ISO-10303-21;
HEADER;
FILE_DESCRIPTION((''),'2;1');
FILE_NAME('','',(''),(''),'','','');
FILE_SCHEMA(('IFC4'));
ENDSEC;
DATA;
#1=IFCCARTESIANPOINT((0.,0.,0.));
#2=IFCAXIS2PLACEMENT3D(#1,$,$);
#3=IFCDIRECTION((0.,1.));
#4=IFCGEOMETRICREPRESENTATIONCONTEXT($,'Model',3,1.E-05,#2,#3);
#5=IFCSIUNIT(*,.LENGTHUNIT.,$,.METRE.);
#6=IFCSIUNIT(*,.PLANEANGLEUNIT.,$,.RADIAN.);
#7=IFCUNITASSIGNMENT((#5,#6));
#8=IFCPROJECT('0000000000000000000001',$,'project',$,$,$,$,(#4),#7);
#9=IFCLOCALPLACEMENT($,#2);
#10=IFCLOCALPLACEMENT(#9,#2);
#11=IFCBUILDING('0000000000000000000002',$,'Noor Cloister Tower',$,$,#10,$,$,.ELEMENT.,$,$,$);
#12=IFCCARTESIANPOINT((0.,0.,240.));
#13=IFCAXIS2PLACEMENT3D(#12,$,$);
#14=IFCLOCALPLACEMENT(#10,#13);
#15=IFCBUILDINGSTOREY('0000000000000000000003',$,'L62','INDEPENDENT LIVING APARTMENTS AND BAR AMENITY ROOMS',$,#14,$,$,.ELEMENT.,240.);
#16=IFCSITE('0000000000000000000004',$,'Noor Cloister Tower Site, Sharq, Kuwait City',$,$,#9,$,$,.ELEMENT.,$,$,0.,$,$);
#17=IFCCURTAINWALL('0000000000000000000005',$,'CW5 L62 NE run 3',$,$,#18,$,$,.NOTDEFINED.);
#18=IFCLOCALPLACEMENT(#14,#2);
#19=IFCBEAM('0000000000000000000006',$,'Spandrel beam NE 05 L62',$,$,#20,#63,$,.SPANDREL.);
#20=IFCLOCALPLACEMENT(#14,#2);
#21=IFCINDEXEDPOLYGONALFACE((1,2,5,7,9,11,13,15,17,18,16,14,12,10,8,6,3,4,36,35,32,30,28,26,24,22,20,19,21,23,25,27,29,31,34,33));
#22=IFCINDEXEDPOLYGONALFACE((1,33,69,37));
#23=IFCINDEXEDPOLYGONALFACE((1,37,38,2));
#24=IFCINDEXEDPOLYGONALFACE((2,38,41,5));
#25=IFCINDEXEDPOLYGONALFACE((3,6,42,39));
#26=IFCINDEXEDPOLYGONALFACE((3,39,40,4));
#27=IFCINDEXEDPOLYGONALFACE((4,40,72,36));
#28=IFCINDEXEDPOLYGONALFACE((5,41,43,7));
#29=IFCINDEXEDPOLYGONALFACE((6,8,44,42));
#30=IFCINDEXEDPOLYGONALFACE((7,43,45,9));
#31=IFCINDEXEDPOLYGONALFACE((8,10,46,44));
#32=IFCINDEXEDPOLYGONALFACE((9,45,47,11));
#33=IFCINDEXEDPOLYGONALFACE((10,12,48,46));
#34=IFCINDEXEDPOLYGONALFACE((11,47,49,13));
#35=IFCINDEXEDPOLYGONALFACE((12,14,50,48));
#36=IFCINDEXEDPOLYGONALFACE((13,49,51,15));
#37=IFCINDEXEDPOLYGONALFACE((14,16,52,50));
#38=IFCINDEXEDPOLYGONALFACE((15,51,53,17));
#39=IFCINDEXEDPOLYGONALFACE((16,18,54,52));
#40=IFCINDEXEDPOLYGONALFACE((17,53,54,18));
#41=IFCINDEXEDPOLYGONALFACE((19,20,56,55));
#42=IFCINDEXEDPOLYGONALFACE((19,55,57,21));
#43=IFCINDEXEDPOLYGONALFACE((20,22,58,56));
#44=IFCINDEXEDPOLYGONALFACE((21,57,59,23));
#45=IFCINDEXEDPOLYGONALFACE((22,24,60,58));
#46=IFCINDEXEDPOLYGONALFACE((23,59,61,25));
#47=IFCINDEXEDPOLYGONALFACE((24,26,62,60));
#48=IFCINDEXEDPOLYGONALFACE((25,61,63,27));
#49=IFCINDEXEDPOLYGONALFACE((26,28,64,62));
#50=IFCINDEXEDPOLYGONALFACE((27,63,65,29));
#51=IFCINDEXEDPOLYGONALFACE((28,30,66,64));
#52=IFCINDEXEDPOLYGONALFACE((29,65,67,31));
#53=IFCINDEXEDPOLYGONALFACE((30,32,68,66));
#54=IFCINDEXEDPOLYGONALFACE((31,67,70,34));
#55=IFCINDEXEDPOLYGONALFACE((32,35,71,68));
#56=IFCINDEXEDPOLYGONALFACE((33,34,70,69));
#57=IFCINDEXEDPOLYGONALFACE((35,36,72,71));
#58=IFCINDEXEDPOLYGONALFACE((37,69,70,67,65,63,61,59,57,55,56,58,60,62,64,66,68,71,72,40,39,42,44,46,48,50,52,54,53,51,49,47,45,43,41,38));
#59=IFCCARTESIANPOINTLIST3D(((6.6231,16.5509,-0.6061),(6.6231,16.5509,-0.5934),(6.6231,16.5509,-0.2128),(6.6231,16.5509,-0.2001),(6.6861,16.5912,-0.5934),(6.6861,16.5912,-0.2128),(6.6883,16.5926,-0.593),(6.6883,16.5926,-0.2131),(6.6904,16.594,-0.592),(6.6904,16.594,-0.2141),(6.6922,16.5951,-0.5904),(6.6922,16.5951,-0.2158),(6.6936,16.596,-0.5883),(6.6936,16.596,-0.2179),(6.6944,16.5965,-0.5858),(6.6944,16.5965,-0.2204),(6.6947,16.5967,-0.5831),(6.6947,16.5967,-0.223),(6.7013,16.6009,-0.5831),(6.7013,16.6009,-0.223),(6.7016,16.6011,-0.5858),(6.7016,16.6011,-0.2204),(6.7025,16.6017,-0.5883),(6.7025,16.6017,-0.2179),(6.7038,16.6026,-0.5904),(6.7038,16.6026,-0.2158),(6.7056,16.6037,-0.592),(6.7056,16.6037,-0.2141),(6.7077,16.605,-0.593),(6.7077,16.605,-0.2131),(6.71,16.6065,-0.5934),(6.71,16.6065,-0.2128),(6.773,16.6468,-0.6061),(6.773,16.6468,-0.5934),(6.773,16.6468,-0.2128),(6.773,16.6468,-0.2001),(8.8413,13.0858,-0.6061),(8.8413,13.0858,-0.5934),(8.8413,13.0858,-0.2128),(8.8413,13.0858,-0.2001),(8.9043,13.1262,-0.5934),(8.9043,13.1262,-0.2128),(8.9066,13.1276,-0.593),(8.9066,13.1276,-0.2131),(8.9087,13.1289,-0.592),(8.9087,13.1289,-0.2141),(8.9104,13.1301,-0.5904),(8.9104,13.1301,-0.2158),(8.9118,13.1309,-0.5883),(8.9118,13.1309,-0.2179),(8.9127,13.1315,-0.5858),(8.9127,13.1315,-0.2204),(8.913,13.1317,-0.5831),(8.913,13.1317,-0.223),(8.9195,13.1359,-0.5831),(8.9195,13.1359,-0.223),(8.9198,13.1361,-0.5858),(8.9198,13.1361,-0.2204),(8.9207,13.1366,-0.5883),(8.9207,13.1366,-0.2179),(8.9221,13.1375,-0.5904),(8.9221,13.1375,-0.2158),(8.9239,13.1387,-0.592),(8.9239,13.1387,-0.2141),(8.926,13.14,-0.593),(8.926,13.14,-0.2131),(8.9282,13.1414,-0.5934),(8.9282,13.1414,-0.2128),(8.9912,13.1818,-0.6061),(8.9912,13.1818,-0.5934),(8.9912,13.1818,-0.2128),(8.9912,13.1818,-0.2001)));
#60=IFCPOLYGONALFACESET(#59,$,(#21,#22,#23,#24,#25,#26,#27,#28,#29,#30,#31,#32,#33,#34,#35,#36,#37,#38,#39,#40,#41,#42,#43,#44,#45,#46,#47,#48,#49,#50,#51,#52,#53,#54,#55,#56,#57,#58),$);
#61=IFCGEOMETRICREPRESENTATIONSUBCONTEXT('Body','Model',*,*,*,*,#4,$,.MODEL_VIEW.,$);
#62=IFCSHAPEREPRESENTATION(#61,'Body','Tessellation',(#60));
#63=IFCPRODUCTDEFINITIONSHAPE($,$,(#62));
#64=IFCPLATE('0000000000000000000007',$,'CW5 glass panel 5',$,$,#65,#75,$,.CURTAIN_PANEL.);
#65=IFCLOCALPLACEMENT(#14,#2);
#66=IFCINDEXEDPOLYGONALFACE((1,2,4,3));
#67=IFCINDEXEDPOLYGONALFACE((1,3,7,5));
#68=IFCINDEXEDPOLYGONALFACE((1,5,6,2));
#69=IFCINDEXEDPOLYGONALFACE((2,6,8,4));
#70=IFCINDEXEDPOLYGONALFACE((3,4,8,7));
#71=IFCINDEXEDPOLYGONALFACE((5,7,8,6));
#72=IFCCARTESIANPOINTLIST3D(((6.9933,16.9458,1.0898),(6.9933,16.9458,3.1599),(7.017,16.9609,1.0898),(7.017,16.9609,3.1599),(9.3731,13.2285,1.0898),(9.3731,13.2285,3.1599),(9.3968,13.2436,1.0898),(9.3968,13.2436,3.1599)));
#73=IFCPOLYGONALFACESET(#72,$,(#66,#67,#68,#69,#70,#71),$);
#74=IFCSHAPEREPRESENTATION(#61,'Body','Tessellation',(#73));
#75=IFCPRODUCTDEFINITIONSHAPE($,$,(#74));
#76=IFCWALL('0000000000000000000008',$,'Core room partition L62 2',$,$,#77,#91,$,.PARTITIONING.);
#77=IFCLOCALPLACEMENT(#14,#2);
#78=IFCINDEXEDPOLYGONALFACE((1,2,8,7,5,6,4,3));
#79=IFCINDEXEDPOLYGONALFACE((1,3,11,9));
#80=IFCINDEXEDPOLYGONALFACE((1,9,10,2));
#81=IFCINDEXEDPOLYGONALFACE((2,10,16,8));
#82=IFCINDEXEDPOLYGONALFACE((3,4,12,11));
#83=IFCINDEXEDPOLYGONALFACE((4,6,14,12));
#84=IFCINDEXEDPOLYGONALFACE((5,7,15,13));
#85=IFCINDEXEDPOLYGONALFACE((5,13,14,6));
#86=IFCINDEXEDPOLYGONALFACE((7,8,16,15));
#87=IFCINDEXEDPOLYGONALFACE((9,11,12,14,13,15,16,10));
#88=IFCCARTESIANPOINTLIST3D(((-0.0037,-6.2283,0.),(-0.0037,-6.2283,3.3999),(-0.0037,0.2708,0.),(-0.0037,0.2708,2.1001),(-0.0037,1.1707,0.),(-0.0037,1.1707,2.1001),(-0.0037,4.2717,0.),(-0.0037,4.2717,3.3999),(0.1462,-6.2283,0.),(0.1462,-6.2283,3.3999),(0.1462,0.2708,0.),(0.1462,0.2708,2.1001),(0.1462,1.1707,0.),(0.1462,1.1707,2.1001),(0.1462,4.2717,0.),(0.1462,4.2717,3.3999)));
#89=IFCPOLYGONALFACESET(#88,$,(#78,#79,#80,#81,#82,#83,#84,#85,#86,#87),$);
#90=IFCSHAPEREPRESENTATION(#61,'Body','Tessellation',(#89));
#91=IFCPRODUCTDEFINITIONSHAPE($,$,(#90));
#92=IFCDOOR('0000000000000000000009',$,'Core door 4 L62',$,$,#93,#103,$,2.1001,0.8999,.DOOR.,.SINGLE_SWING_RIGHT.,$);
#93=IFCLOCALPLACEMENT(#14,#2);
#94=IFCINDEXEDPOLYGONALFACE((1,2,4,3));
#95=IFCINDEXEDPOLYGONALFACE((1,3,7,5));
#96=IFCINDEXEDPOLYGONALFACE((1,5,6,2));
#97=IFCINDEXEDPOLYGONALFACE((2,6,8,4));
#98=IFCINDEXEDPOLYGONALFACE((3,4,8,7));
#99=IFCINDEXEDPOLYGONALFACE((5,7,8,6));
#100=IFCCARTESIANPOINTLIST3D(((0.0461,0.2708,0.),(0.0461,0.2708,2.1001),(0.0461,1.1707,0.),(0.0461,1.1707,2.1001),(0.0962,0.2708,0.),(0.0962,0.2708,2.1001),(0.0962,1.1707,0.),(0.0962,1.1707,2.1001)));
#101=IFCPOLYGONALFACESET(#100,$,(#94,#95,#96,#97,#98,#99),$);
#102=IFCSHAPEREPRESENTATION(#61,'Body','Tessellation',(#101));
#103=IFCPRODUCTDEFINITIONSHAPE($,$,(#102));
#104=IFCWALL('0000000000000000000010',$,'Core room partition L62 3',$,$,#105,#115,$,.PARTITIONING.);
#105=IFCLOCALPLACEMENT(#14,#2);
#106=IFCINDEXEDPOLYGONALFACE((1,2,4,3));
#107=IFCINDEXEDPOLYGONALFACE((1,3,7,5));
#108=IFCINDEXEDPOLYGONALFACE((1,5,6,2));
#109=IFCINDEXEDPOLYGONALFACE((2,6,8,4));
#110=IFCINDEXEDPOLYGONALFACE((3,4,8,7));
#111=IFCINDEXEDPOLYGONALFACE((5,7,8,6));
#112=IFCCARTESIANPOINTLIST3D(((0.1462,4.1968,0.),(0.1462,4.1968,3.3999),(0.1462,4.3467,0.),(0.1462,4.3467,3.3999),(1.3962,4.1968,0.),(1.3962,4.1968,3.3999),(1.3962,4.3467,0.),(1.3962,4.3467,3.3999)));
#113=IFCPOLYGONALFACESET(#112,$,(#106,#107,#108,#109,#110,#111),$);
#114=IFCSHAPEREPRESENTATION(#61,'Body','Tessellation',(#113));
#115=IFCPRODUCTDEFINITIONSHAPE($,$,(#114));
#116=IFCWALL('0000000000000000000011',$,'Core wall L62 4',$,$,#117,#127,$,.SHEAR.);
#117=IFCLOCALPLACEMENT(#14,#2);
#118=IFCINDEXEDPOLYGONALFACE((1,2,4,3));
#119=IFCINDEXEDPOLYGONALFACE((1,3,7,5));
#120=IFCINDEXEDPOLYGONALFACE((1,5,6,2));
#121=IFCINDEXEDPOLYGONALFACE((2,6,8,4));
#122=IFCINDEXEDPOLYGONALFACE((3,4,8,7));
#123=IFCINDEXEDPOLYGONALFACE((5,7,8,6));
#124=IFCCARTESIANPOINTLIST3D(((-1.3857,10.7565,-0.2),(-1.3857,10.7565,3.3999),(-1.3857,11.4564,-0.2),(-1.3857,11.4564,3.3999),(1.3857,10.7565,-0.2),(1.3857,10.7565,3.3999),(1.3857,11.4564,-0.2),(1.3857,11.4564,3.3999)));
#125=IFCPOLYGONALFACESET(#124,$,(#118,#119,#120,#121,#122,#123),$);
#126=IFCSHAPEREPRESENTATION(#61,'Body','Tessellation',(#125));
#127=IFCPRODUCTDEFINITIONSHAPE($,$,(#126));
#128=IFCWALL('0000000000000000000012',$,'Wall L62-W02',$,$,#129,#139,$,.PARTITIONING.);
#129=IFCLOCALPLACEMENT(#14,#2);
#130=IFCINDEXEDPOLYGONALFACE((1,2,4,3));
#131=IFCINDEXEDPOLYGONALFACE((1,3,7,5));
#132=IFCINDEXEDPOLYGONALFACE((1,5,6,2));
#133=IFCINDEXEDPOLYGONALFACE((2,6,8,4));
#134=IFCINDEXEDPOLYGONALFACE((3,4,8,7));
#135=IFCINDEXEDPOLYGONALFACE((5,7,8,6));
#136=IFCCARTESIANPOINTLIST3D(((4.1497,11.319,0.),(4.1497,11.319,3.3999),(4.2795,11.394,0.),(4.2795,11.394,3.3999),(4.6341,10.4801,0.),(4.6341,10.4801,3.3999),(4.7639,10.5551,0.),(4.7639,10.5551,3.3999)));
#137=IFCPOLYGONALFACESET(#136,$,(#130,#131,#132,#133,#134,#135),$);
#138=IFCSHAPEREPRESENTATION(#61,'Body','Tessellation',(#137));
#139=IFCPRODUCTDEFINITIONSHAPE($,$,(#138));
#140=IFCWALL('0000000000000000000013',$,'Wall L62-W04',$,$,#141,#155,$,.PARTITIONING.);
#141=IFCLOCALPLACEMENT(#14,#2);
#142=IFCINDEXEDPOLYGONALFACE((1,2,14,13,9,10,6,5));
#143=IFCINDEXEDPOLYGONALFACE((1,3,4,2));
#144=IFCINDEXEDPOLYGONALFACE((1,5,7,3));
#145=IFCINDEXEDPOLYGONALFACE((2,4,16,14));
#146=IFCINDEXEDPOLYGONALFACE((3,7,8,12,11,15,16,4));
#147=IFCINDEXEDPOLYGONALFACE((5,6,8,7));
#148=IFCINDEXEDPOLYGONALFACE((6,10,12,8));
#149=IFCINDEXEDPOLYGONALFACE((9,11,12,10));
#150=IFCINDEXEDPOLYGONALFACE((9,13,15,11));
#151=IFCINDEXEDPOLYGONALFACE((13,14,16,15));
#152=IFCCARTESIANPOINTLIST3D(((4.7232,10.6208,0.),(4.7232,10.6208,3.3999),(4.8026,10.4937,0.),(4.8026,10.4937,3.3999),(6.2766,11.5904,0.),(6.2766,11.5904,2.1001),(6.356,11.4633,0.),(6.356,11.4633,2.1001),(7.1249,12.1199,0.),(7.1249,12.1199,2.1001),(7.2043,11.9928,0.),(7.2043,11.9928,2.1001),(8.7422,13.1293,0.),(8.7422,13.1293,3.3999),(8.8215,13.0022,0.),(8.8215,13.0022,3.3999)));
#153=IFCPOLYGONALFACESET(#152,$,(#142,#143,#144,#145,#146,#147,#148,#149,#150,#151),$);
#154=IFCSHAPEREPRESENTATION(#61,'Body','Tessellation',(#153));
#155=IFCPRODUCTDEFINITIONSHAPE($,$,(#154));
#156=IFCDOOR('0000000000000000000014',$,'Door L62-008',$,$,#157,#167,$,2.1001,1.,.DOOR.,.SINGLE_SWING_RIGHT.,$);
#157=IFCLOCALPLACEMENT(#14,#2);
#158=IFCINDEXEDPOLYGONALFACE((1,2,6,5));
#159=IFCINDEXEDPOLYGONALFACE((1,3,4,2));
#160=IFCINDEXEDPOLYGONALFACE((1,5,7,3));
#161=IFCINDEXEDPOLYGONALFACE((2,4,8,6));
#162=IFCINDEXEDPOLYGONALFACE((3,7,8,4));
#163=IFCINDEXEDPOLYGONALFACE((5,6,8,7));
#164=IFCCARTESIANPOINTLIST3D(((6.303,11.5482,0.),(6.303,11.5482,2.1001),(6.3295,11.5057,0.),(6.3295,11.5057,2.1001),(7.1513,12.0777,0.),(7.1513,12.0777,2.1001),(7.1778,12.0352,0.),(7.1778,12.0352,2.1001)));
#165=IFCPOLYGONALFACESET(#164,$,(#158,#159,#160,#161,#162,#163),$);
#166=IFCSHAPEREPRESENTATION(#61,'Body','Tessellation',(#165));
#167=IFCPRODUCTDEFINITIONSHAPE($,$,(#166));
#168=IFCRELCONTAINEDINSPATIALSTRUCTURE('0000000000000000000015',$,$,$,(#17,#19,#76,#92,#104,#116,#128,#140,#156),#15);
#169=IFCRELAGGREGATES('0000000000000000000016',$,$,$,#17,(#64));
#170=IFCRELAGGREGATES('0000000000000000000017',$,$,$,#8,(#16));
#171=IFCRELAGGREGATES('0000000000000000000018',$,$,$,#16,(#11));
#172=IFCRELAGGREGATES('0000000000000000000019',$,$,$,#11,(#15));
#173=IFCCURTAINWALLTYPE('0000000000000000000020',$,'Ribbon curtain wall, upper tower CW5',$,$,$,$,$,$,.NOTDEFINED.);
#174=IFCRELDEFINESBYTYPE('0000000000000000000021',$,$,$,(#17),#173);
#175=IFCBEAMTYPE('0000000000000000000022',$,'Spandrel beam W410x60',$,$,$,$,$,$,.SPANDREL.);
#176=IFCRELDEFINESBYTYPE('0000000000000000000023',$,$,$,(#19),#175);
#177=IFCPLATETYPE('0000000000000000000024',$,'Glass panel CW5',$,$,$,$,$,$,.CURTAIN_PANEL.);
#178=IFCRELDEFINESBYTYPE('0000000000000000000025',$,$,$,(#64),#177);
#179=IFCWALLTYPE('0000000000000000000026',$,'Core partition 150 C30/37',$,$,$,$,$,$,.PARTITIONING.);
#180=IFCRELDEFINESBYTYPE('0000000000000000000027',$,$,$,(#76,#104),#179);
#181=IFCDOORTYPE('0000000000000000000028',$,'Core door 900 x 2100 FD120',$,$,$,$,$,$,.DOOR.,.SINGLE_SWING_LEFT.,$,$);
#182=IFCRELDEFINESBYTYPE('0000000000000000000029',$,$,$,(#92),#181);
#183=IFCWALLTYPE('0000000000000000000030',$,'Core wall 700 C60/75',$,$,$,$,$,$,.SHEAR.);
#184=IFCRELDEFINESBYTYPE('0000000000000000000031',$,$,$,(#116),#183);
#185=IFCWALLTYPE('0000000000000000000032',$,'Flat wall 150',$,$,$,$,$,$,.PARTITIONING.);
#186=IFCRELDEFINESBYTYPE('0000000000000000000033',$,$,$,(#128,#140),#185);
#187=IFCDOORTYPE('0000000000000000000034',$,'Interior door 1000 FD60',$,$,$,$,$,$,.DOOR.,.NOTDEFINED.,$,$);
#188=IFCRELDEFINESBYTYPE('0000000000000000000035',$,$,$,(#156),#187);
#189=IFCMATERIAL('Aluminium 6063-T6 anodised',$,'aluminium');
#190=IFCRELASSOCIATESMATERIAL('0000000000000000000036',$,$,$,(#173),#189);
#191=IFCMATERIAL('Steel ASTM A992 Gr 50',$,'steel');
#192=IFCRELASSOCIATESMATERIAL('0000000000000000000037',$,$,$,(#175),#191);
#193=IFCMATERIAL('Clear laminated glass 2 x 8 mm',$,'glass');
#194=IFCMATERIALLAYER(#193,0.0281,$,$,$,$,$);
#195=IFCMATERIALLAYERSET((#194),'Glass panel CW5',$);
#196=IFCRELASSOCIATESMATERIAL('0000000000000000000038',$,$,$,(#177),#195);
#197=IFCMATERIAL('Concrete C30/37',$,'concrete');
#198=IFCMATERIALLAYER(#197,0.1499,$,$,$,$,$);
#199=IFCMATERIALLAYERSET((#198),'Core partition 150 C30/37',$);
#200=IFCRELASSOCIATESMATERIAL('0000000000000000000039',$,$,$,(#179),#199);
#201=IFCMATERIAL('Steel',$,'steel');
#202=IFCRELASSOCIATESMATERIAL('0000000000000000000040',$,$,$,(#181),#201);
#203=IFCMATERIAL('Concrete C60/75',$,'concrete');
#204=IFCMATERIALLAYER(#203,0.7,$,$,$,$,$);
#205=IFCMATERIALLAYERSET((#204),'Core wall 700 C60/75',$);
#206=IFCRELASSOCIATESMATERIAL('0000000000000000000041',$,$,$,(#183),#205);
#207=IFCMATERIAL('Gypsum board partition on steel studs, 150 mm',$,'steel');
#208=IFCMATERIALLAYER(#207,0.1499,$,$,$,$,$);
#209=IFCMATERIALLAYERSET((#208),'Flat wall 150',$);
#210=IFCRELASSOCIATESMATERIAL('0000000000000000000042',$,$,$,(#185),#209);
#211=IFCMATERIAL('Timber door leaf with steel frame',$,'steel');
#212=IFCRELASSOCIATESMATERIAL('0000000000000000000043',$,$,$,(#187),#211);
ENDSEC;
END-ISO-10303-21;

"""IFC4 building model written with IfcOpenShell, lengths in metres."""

from ifc_helpers import new_model, si_unit, direction, frame, frame_2d, origin, origin_2d, place, context, subcontext, project, spatial, rectangle, i_section, extrude, material, layer, layer_set, material_profile, profile_set, type_object, element, fill, aggregate, save


model = new_model("IFC4")

# Units and contexts
model_context = context("Model", 3, precision=1e-05, world=origin(), true_north=direction((0.0, 1.0)))
body_context = subcontext(model_context, "Body", "Model", "MODEL_VIEW")
ifc_project = project(units=[si_unit("LENGTHUNIT", "METRE"), si_unit("PLANEANGLEUNIT", "RADIAN")], contexts=[model_context])

# Site, building, storey
site_placement = place(None, origin())
site = spatial("IfcSite", under=ifc_project, at=site_placement, Name="Noor Cloister Tower Site, Sharq, Kuwait City", CompositionType="ELEMENT", RefElevation=0.0)
building_placement = place(site_placement, origin())
building = spatial("IfcBuilding", under=site, at=building_placement, Name="Noor Cloister Tower", CompositionType="ELEMENT")
storey_placement = place(building_placement, frame((0.0, 0.0, 240.0)))
storey = spatial("IfcBuildingStorey", under=building, at=storey_placement, Name="L62", Description="INDEPENDENT LIVING APARTMENTS AND BAR AMENITY ROOMS", CompositionType="ELEMENT", Elevation=240.0)

# Curtain wall
ifc_material_1 = material(Name="Aluminium 6063-T6 anodised", Category="aluminium")
curtain_wall_type = type_object("IfcCurtainWallType", Name="Ribbon curtain wall, upper tower CW5", PredefinedType="NOTDEFINED", material=ifc_material_1)
curtain_wall_placement = place(storey_placement, origin())
curtain_wall = element("IfcCurtainWall", 1, at=curtain_wall_placement, inside=storey, type_object=curtain_wall_type, Name="CW5 L62 NE run 3", PredefinedType="NOTDEFINED")

# Beam
ifc_material_2 = material(Name="Steel ASTM A992 Gr 50", Category="steel")
ifc_material_profile_1 = material_profile(ifc_material_2, i_section(OverallWidth=0.178, OverallDepth=0.406, WebThickness=0.0078, FlangeThickness=0.0127, FilletRadius=0.0103, at=origin_2d()), Name="W410x60")
ifc_profile_set_1 = profile_set([ifc_material_profile_1], Name="Steel ASTM A992 Gr 50")
beam_type_1 = type_object("IfcBeamType", Name="Spandrel beam W410x60", PredefinedType="SPANDREL", material=ifc_profile_set_1)
beam_1_placement = place(storey_placement, frame((8.9163, 13.1338, -0.4031), z_axis=(-0.539158, 0.842205, 0.0), x_axis=(-0.842205, -0.539158, 0.0)))
element("IfcBeam", 2, at=beam_1_placement, inside=storey, type_object=beam_type_1, Name="Spandrel beam NE 05 L62", PredefinedType="SPANDREL", context=body_context, shape_type="SweptSolid", body=[
    extrude(i_section(OverallWidth=0.178, OverallDepth=0.406, WebThickness=0.0078, FlangeThickness=0.0127, FilletRadius=0.0103, at=origin_2d()), origin(), (0.0, 0.0, 1.0), 4.1143),
])

# Plate
ifc_material_3 = material(Name="Clear laminated glass 2 x 8 mm", Category="glass")
ifc_layer_1 = layer(ifc_material_3, 0.0281)
ifc_layer_set_1 = layer_set([ifc_layer_1], Name="Glass panel CW5")
plate_type = type_object("IfcPlateType", Name="Glass panel CW5", PredefinedType="CURTAIN_PANEL", material=ifc_layer_set_1)
plate_placement = place(storey_placement, frame((8.1951, 15.0947, 1.0898), z_axis=(0.0, 0.0, 1.0), x_axis=(-0.539171, 0.842196, 0.0)))
plate = element("IfcPlate", 3, at=plate_placement, type_object=plate_type, Name="CW5 glass panel 5", PredefinedType="CURTAIN_PANEL", context=body_context, shape_type="SweptSolid", body=[
    extrude(rectangle(XDim=4.4138, YDim=0.0281, at=origin_2d()), origin(), (0.0, 0.0, 1.0), 2.0701),
])
aggregate(curtain_wall, [plate])

# Wall, opening, door
ifc_material_4 = material(Name="Concrete C30/37", Category="concrete")
ifc_layer_2 = layer(ifc_material_4, 0.1499)
ifc_layer_set_2 = layer_set([ifc_layer_2], Name="Core partition 150 C30/37")
wall_type_1 = type_object("IfcWallType", Name="Core partition 150 C30/37", PredefinedType="PARTITIONING", material=ifc_layer_set_2)
wall_1_placement = place(storey_placement, frame((0.0713, 4.2717, 0.0), z_axis=(0.0, 0.0, 1.0), x_axis=(0.0, -1.0, 0.0)))
wall_1 = element("IfcWall", 4, at=wall_1_placement, inside=storey, type_object=wall_type_1, Name="Core room partition L62 2", PredefinedType="PARTITIONING", context=body_context, shape_type="SweptSolid", body=[
    extrude(rectangle(XDim=10.5, YDim=0.1499, at=frame_2d((5.25, 0.0))), origin(), (0.0, 0.0, 1.0), 3.3999),
])
opening_1_placement = place(wall_1_placement, frame((3.1011, 0.0, 0.0)))
opening_1 = element("IfcOpeningElement", 5, at=opening_1_placement, cuts=wall_1, PredefinedType="OPENING", context=body_context, shape_type="SweptSolid", body=[
    extrude(rectangle(XDim=0.8999, YDim=2.1001, at=frame_2d((0.45, 1.05))), frame((0.0, 0.085, 0.0), z_axis=(0.0, -1.0, 0.0), x_axis=(1.0, 0.0, 0.0)), (0.0, 0.0, 1.0), 0.1699),
])
ifc_material_5 = material(Name="Steel", Category="steel")
door_type_1 = type_object("IfcDoorType", Name="Core door 900 x 2100 FD120", OperationType="SINGLE_SWING_LEFT", PredefinedType="DOOR", material=ifc_material_5)
door_1_placement = place(opening_1_placement, origin())
door_1 = element("IfcDoor", 6, at=door_1_placement, inside=storey, type_object=door_type_1, Name="Core door 4 L62", OperationType="SINGLE_SWING_RIGHT", OverallHeight=2.1001, OverallWidth=0.8999, PredefinedType="DOOR", context=body_context, shape_type="SweptSolid", body=[
    extrude(rectangle(XDim=0.8999, YDim=2.1001, at=frame_2d((0.45, 1.05))), frame((0.0, 0.0249, 0.0), z_axis=(0.0, -1.0, 0.0), x_axis=(1.0, 0.0, 0.0)), (0.0, 0.0, 1.0), 0.05),
])
fill(opening_1, door_1)

# Walls
wall_2_placement = place(storey_placement, frame((0.1462, 4.2717, 0.0), z_axis=(0.0, 0.0, 1.0), x_axis=(1.0, 0.0, 0.0)))
element("IfcWall", 7, at=wall_2_placement, inside=storey, type_object=wall_type_1, Name="Core room partition L62 3", PredefinedType="PARTITIONING", context=body_context, shape_type="SweptSolid", body=[
    extrude(rectangle(XDim=1.25, YDim=0.1499, at=frame_2d((0.625, 0.0))), origin(), (0.0, 0.0, 1.0), 3.3999),
])
ifc_material_6 = material(Name="Concrete C60/75", Category="concrete")
ifc_layer_3 = layer(ifc_material_6, 0.7)
ifc_layer_set_3 = layer_set([ifc_layer_3], Name="Core wall 700 C60/75")
wall_type_2 = type_object("IfcWallType", Name="Core wall 700 C60/75", PredefinedType="SHEAR", material=ifc_layer_set_3)
wall_3_placement = place(storey_placement, frame((1.3857, 11.1064, -0.2), z_axis=(0.0, 0.0, 1.0), x_axis=(-1.0, 0.0, 0.0)))
element("IfcWall", 8, at=wall_3_placement, inside=storey, type_object=wall_type_2, Name="Core wall L62 4", PredefinedType="SHEAR", context=body_context, shape_type="SweptSolid", body=[
    extrude(rectangle(XDim=2.7715, YDim=0.7, at=frame_2d((1.3857, 0.0))), origin(), (0.0, 0.0, 1.0), 3.5999),
])
ifc_material_7 = material(Name="Gypsum board partition on steel studs, 150 mm", Category="steel")
ifc_layer_4 = layer(ifc_material_7, 0.1499)
ifc_layer_set_4 = layer_set([ifc_layer_4], Name="Flat wall 150")
wall_type_3 = type_object("IfcWallType", Name="Flat wall 150", PredefinedType="PARTITIONING", material=ifc_layer_set_4)
wall_4_placement = place(storey_placement, frame((4.699, 10.5176, 0.0), z_axis=(0.0, 0.0, 1.0), x_axis=(-0.500042, 0.866001, 0.0)))
element("IfcWall", 9, at=wall_4_placement, inside=storey, type_object=wall_type_3, Name="Wall L62-W02", PredefinedType="PARTITIONING", context=body_context, shape_type="SweptSolid", body=[
    extrude(rectangle(XDim=0.9688, YDim=0.1499, at=frame_2d((0.4844, 0.0))), origin(), (0.0, 0.0, 1.0), 3.3999),
])

# Wall, opening, door
wall_5_placement = place(storey_placement, frame((8.7817, 13.0657, 0.0), z_axis=(0.0, 0.0, 1.0), x_axis=(-0.848317, -0.529489, 0.0)))
wall_5 = element("IfcWall", 10, at=wall_5_placement, inside=storey, type_object=wall_type_3, Name="Wall L62-W04", PredefinedType="PARTITIONING", context=body_context, shape_type="SweptSolid", body=[
    extrude(rectangle(XDim=4.7375, YDim=0.1499, at=frame_2d((2.3687, 0.0))), origin(), (0.0, 0.0, 1.0), 3.3999),
])
opening_2_placement = place(wall_5_placement, frame((1.9062, 0.0, 0.0)))
opening_2 = element("IfcOpeningElement", 11, at=opening_2_placement, cuts=wall_5, PredefinedType="OPENING", context=body_context, shape_type="SweptSolid", body=[
    extrude(rectangle(XDim=1.0, YDim=2.1001, at=frame_2d((0.5, 1.05))), frame((0.0, 0.085, 0.0), z_axis=(0.0, -1.0, 0.0), x_axis=(1.0, 0.0, 0.0)), (0.0, 0.0, 1.0), 0.1699),
])
ifc_material_8 = material(Name="Timber door leaf with steel frame", Category="steel")
door_type_2 = type_object("IfcDoorType", Name="Interior door 1000 FD60", OperationType="NOTDEFINED", PredefinedType="DOOR", material=ifc_material_8)
door_2_placement = place(opening_2_placement, origin())
door_2 = element("IfcDoor", 12, at=door_2_placement, inside=storey, type_object=door_type_2, Name="Door L62-008", OperationType="SINGLE_SWING_RIGHT", OverallHeight=2.1001, OverallWidth=1.0, PredefinedType="DOOR", context=body_context, shape_type="SweptSolid", body=[
    extrude(rectangle(XDim=1.0, YDim=2.1001, at=frame_2d((0.5, 1.05))), frame((0.0, 0.0249, 0.0), z_axis=(0.0, -1.0, 0.0), x_axis=(1.0, 0.0, 0.0)), (0.0, 0.0, 1.0), 0.05),
])
fill(opening_2, door_2)

save(model, "model.ifc")
